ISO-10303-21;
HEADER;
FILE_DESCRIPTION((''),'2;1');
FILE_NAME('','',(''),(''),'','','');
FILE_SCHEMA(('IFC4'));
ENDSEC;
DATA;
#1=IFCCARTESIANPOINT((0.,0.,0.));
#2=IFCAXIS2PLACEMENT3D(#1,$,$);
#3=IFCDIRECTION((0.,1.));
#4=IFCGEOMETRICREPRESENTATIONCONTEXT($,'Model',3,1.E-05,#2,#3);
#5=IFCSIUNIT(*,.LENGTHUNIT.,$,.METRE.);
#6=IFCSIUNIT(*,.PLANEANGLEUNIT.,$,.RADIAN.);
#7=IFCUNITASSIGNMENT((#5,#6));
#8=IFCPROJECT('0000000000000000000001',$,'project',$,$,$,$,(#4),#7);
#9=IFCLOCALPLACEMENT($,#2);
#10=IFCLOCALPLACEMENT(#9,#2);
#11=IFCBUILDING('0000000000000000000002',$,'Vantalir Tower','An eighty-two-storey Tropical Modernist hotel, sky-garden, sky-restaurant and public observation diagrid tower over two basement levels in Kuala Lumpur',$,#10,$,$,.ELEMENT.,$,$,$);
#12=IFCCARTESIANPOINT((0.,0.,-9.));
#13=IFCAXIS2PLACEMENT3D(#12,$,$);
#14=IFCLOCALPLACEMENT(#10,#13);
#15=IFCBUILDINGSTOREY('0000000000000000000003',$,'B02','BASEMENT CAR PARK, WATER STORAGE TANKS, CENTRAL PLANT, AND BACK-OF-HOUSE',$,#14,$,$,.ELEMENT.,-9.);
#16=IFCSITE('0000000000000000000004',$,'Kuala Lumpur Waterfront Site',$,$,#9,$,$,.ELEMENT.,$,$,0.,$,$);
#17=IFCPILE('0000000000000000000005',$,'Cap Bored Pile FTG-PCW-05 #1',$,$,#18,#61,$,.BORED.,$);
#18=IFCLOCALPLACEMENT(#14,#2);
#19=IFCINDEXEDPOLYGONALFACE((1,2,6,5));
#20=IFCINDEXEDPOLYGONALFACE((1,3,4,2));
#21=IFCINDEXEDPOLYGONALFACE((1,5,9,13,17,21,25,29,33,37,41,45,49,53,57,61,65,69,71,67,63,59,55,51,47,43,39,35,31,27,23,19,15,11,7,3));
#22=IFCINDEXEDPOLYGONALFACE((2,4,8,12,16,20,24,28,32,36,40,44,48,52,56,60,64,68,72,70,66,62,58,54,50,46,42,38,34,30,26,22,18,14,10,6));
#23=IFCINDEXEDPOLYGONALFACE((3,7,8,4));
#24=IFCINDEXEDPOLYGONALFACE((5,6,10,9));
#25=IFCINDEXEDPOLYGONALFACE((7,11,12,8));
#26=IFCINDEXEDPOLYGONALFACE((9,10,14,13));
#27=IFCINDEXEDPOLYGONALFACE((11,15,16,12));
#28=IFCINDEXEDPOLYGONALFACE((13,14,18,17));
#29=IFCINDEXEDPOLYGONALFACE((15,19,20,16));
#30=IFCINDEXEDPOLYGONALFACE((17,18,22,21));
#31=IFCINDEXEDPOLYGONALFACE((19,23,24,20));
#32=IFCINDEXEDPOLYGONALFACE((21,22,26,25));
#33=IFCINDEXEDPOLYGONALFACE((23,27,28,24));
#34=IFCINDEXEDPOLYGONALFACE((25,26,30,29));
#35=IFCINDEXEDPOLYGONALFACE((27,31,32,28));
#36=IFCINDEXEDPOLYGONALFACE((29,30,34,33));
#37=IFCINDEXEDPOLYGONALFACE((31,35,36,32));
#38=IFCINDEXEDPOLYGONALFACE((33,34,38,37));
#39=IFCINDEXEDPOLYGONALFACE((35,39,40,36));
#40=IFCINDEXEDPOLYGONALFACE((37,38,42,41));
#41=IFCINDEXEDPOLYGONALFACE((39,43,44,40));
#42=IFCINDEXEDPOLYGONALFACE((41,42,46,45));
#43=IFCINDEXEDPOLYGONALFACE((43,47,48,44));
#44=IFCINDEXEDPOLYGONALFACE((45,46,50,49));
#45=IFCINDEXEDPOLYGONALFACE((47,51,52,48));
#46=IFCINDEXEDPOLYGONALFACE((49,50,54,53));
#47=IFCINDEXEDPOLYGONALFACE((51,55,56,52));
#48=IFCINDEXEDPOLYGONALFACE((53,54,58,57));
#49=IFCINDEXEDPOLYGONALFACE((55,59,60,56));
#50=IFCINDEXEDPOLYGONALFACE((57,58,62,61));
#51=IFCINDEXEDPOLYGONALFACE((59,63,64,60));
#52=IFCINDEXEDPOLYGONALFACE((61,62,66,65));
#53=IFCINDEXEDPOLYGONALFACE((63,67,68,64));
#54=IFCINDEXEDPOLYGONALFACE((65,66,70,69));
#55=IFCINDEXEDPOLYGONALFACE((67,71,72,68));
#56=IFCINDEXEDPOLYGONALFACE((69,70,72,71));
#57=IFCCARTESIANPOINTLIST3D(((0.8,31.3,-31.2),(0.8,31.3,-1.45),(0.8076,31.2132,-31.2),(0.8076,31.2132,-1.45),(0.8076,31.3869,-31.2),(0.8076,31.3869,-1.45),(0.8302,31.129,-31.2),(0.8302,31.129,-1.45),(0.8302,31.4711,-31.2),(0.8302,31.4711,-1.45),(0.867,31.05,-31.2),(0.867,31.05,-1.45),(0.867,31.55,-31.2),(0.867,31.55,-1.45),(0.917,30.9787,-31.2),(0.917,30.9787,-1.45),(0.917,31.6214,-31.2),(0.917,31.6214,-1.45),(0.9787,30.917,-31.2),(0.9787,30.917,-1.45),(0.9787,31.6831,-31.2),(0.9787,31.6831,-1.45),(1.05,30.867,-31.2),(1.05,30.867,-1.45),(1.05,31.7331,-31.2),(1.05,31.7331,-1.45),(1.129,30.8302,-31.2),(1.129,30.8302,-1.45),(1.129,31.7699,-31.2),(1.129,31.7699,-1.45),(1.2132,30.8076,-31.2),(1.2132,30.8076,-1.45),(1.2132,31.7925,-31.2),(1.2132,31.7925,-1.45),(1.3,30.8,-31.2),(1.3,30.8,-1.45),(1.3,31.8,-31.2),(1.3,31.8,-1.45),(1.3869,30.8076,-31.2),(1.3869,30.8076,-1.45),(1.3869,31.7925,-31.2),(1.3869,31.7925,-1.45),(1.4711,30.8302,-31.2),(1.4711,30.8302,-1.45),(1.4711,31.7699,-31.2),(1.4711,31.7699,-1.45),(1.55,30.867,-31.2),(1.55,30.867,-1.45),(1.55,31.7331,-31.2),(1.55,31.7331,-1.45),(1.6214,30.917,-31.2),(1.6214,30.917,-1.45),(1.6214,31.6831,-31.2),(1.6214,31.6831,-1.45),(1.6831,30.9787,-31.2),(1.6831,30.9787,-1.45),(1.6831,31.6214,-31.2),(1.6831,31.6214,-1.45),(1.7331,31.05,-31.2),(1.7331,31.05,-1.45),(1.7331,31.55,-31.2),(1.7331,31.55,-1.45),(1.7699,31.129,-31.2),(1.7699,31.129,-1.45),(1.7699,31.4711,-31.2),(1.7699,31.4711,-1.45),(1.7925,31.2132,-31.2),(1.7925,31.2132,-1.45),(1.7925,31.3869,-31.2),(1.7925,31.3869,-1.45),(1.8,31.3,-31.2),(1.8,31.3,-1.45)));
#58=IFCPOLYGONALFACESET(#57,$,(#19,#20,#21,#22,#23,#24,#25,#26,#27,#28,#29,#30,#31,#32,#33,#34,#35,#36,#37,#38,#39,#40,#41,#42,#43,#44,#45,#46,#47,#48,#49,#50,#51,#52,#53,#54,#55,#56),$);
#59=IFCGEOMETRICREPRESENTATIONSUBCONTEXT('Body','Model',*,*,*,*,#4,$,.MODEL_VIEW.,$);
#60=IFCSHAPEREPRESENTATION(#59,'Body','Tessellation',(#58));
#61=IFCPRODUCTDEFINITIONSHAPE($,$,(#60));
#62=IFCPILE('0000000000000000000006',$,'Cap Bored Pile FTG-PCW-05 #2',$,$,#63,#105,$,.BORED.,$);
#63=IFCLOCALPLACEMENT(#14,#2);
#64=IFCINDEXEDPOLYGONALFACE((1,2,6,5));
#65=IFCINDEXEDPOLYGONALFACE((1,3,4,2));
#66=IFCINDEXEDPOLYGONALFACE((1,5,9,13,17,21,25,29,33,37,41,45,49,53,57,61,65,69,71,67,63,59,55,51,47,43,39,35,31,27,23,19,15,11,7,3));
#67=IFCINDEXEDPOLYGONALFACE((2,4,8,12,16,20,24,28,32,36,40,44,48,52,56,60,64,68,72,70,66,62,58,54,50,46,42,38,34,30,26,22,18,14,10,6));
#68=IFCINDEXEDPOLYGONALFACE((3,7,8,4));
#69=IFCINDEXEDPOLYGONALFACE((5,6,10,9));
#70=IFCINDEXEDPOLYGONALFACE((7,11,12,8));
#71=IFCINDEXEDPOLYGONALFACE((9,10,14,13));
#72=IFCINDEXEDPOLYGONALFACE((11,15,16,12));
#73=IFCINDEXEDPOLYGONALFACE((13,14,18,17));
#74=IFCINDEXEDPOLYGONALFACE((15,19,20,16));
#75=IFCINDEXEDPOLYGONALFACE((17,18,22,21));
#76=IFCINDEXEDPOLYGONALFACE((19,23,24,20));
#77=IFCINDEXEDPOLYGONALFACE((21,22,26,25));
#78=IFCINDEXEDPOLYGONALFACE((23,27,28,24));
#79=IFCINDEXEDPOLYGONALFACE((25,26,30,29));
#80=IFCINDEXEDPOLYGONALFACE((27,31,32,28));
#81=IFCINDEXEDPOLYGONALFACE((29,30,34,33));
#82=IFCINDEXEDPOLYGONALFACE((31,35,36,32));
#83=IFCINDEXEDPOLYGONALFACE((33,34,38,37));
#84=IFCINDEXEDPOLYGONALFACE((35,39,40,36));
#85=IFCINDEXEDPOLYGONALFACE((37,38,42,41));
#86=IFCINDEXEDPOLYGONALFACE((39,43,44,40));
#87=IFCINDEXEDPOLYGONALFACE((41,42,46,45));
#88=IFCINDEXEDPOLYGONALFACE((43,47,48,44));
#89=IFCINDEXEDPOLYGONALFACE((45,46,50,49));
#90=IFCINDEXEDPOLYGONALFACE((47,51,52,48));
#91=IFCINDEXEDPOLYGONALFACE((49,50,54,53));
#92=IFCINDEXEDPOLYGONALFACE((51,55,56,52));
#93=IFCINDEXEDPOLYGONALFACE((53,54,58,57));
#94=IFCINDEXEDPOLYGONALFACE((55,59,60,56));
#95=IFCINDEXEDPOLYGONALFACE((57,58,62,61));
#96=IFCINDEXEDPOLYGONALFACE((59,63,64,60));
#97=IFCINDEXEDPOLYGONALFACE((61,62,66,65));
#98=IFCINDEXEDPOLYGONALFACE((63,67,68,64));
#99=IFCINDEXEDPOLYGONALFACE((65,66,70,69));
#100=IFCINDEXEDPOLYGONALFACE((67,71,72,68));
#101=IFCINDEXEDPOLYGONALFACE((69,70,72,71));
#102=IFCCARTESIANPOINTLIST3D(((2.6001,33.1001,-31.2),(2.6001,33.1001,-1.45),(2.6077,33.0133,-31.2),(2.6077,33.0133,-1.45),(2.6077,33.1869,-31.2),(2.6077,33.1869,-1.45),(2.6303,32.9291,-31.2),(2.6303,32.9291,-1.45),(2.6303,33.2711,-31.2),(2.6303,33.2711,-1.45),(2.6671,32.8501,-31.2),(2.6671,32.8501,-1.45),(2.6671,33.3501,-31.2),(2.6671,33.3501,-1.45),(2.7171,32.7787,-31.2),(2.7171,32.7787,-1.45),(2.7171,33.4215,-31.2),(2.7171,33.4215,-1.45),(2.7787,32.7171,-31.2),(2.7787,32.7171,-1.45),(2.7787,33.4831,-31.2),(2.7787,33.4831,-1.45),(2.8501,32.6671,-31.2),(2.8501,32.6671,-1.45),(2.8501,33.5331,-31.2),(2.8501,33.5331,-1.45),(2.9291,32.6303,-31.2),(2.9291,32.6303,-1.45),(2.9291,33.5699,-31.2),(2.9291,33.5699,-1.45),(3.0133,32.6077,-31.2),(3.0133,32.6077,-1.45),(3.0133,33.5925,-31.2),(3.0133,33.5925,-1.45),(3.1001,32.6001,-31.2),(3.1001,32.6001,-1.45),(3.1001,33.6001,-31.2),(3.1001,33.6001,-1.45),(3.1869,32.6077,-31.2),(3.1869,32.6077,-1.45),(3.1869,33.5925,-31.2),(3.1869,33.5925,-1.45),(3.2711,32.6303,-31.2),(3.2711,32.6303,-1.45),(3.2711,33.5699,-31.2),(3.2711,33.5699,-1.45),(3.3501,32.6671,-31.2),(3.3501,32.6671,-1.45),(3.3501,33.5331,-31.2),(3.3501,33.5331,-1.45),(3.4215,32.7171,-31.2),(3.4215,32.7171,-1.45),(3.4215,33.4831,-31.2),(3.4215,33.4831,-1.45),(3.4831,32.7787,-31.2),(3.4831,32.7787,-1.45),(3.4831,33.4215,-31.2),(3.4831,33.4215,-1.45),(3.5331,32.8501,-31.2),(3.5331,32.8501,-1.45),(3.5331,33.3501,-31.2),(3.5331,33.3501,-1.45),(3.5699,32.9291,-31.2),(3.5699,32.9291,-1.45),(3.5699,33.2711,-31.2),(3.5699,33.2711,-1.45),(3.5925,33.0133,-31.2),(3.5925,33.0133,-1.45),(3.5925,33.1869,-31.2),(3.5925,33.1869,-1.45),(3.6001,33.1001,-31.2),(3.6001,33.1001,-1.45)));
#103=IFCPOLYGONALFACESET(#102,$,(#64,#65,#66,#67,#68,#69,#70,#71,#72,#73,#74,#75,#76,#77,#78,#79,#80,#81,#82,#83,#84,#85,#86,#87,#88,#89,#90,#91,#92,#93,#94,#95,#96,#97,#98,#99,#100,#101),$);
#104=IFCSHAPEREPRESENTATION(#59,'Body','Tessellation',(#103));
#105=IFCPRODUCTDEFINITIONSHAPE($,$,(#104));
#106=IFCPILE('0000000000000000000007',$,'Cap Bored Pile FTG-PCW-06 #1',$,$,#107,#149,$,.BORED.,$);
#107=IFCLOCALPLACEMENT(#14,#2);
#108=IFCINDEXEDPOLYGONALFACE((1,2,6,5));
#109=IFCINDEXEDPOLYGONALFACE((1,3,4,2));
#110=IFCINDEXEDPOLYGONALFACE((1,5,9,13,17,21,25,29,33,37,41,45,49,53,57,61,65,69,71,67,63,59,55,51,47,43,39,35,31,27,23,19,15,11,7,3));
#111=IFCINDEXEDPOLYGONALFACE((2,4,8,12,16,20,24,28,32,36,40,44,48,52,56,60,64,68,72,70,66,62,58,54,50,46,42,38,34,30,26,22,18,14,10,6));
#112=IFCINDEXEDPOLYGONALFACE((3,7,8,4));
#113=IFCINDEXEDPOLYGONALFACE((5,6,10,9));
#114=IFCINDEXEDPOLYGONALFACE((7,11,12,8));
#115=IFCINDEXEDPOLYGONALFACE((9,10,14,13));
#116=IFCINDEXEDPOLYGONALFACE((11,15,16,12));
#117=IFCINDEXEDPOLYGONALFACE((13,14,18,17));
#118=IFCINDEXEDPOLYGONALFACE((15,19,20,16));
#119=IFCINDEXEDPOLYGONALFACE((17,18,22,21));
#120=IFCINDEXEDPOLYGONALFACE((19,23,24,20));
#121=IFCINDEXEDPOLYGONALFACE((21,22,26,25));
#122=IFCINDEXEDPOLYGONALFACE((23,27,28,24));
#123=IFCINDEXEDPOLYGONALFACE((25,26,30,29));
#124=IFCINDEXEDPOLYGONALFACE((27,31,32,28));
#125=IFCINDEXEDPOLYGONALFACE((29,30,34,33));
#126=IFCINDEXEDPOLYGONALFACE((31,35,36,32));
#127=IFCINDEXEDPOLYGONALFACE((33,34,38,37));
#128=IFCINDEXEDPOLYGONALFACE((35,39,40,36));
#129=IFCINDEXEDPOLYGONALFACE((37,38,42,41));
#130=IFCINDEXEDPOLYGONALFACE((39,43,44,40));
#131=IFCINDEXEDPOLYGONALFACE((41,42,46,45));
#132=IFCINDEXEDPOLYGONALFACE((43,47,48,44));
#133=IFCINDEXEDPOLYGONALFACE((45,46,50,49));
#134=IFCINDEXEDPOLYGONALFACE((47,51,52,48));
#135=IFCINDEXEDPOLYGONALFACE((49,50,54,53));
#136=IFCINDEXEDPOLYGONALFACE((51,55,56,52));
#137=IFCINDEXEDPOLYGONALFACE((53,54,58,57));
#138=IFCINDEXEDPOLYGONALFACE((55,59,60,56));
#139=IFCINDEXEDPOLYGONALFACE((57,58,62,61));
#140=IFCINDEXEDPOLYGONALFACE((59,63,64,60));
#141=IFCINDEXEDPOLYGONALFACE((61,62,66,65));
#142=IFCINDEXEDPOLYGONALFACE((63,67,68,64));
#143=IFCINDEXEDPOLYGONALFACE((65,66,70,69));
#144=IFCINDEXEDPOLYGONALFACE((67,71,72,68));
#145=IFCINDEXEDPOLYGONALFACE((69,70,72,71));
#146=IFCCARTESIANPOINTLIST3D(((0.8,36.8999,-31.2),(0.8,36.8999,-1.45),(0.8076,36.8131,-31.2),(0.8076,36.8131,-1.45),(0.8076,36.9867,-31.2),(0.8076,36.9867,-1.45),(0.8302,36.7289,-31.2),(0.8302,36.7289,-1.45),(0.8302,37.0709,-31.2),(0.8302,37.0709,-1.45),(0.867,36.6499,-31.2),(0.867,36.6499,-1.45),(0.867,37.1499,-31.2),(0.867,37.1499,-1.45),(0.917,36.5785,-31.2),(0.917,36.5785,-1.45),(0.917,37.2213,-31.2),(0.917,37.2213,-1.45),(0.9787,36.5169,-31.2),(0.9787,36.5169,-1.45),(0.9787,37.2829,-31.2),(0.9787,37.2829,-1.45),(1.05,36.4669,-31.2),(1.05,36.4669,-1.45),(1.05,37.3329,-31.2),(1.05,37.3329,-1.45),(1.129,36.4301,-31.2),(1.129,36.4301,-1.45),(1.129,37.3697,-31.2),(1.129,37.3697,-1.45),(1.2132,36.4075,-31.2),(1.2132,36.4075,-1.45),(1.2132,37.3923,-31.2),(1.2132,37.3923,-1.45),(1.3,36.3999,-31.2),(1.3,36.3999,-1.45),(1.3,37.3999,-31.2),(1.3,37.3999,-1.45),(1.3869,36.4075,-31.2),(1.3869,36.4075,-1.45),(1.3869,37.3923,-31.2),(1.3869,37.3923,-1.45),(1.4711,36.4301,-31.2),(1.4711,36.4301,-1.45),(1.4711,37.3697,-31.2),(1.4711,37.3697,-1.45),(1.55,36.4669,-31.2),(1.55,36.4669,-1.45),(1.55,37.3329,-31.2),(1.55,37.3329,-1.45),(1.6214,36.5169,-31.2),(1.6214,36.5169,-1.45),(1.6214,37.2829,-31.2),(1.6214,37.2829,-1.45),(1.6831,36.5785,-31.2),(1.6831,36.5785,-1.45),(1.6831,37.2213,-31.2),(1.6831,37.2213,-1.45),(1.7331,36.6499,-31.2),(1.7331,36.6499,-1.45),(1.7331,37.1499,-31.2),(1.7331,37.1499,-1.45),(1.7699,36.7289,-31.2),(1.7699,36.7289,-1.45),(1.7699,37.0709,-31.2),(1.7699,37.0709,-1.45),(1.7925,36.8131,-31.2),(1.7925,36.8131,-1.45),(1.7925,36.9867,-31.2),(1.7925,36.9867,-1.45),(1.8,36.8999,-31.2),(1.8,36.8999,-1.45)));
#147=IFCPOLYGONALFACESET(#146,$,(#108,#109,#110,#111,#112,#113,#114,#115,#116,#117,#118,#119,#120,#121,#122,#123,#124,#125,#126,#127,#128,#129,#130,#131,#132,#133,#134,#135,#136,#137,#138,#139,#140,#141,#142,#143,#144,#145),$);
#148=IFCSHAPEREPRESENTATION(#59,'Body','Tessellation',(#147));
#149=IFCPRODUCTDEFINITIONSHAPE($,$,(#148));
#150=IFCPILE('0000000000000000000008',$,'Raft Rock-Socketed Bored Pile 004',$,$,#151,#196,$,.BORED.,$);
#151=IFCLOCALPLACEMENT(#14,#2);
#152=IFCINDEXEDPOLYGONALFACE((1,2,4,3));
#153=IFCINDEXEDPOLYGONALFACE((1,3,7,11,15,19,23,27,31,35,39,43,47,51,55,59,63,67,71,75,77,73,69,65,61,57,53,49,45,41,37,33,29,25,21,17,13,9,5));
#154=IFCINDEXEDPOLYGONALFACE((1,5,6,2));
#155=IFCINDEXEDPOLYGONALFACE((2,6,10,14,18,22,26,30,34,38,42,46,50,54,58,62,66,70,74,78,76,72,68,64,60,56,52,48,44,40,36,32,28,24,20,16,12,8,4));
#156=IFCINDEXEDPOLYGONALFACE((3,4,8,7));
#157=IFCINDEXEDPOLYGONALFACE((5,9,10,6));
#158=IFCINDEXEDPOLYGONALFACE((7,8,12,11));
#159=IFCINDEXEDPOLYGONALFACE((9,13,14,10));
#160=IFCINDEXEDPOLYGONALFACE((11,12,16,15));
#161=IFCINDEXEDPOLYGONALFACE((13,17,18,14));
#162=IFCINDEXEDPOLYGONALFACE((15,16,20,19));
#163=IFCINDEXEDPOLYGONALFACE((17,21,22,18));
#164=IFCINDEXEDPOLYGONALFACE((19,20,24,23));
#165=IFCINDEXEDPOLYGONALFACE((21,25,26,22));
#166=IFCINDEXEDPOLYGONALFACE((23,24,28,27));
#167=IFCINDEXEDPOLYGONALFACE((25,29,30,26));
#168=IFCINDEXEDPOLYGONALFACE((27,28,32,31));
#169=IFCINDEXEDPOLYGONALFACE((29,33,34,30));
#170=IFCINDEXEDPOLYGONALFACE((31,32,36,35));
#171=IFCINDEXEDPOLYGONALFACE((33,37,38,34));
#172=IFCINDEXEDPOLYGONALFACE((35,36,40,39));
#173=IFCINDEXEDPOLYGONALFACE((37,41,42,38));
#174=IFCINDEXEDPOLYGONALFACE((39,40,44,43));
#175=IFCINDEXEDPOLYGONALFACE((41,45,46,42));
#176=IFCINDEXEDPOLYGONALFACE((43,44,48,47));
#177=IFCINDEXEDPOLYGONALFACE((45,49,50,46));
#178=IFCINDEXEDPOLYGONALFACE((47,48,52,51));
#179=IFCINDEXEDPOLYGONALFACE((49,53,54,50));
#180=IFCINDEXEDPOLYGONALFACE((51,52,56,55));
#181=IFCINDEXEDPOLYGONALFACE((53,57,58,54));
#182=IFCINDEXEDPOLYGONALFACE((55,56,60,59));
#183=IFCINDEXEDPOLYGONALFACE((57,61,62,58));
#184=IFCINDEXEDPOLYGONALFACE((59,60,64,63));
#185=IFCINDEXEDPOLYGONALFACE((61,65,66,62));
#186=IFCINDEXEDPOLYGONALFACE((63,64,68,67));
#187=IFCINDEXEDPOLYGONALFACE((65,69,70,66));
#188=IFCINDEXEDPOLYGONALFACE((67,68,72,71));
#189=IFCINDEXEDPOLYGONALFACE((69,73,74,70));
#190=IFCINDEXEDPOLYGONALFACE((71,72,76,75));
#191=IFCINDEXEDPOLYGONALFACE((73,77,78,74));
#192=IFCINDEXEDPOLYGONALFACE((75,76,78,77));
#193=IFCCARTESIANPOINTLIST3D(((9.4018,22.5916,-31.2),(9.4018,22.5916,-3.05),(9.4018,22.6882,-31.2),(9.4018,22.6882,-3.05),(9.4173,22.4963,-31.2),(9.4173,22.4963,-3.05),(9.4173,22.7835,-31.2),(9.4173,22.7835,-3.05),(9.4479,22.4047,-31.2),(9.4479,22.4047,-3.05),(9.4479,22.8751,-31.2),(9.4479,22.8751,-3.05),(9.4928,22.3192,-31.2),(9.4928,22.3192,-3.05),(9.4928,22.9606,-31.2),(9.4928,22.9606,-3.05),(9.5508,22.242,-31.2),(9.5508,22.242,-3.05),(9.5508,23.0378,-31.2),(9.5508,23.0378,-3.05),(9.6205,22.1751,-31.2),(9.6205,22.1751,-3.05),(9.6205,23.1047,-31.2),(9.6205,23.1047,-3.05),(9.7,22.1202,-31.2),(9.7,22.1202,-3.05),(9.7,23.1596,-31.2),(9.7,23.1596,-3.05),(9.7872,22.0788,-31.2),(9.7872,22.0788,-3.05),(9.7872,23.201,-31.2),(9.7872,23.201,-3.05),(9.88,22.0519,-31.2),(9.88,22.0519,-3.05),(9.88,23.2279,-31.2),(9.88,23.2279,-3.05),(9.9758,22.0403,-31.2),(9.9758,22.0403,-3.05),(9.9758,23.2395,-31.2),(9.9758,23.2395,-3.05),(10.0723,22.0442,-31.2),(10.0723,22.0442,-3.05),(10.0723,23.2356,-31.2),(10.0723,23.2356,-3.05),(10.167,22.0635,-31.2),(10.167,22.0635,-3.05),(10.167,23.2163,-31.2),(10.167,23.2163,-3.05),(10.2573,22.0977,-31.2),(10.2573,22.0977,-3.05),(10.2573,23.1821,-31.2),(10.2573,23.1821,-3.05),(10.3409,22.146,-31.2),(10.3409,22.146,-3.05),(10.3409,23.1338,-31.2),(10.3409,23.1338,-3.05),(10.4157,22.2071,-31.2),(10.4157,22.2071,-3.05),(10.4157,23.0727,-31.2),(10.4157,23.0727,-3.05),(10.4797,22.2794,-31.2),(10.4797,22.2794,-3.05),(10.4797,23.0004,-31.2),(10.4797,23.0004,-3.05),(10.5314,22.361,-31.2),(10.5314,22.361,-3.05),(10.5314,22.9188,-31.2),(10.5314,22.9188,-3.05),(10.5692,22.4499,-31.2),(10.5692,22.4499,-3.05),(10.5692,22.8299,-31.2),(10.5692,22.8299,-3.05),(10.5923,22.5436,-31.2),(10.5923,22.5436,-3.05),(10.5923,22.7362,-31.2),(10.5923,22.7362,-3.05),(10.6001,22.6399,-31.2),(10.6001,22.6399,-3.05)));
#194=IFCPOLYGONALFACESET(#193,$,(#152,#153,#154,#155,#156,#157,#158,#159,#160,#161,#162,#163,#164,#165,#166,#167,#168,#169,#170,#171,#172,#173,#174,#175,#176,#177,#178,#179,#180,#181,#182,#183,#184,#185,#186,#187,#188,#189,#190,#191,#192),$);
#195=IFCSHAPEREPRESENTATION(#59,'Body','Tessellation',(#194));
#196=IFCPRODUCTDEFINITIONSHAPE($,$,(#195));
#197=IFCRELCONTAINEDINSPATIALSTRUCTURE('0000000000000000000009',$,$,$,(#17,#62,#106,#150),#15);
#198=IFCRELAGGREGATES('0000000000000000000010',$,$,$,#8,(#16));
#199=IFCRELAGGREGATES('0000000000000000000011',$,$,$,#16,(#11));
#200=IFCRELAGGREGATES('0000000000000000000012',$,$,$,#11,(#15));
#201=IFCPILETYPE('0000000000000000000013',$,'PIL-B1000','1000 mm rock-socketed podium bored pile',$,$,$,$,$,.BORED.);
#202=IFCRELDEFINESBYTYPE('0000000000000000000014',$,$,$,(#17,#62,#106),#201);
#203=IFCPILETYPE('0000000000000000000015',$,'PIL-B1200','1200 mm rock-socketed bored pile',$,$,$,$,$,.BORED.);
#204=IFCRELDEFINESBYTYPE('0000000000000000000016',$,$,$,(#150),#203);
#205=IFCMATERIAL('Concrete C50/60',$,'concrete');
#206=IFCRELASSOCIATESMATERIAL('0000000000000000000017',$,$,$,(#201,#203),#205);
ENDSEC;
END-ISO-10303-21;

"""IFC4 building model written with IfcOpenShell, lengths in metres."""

from ifc_helpers import new_model, si_unit, direction, frame, origin, origin_2d, place, context, subcontext, project, spatial, circle, extrude, material, material_profile, profile_set, type_object, element, save


model = new_model("IFC4")

# Units and contexts
model_context = context("Model", 3, precision=1e-05, world=origin(), true_north=direction((0.0, 1.0)))
body_context = subcontext(model_context, "Body", "Model", "MODEL_VIEW")
ifc_project = project(units=[si_unit("LENGTHUNIT", "METRE"), si_unit("PLANEANGLEUNIT", "RADIAN")], contexts=[model_context])

# Site, building, storey
site_placement = place(None, origin())
site = spatial("IfcSite", under=ifc_project, at=site_placement, Name="Kuala Lumpur Waterfront Site", CompositionType="ELEMENT", RefElevation=0.0)
building_placement = place(site_placement, origin())
building = spatial("IfcBuilding", under=site, at=building_placement, Name="Vantalir Tower", Description="An eighty-two-storey Tropical Modernist hotel, sky-garden, sky-restaurant and public observation diagrid tower over two basement levels in Kuala Lumpur", CompositionType="ELEMENT")
storey_placement = place(building_placement, frame((0.0, 0.0, -9.0)))
storey = spatial("IfcBuildingStorey", under=building, at=storey_placement, Name="B02", Description="BASEMENT CAR PARK, WATER STORAGE TANKS, CENTRAL PLANT, AND BACK-OF-HOUSE", CompositionType="ELEMENT", Elevation=-9.0)

# Shared definitions
ifc_material_1 = material(Name="Concrete C50/60", Category="concrete")

# Piles
ifc_material_profile_1 = material_profile(ifc_material_1, circle(Radius=0.5, at=origin_2d()), Name="Concrete C50/60")
ifc_profile_set_1 = profile_set([ifc_material_profile_1], Name="Concrete C50/60")
pile_type_1 = type_object("IfcPileType", Name="PIL-B1000", Description="1000 mm rock-socketed podium bored pile", PredefinedType="BORED", material=ifc_profile_set_1)
for number, where, z_axis, x_axis, name in (
    (1, (1.3, 31.3, -1.45), (0.0, 0.0, -1.0), (1.0, 0.0, 0.0), "Cap Bored Pile FTG-PCW-05 #1"),
    (2, (3.1001, 33.1001, -1.45), (0.0, 0.0, -1.0), (1.0, 0.0, 0.0), "Cap Bored Pile FTG-PCW-05 #2"),
    (3, (1.3, 36.8999, -1.45), (0.0, 0.0, -1.0), (1.0, 0.0, 0.0), "Cap Bored Pile FTG-PCW-06 #1"),
):
    element("IfcPile", number, at=place(storey_placement, frame(where, z_axis=z_axis, x_axis=x_axis)), inside=storey, type_object=pile_type_1, Name=name, PredefinedType="BORED", context=body_context, shape_type="SweptSolid", body=[
        extrude(circle(Radius=0.5, at=origin_2d()), origin(), (0.0, 0.0, 1.0), 29.75),
    ])
ifc_material_profile_2 = material_profile(ifc_material_1, circle(Radius=0.6001, at=origin_2d()), Name="Concrete C50/60")
ifc_profile_set_2 = profile_set([ifc_material_profile_2], Name="Concrete C50/60")
pile_type_2 = type_object("IfcPileType", Name="PIL-B1200", Description="1200 mm rock-socketed bored pile", PredefinedType="BORED", material=ifc_profile_set_2)
for number, where, z_axis, x_axis, name in (
    (4, (10.0, 22.6399, -3.05), (0.0, 0.0, -1.0), (1.0, 0.0, 0.0), "Raft Rock-Socketed Bored Pile 004"),
):
    element("IfcPile", number, at=place(storey_placement, frame(where, z_axis=z_axis, x_axis=x_axis)), inside=storey, type_object=pile_type_2, Name=name, PredefinedType="BORED", context=body_context, shape_type="SweptSolid", body=[
        extrude(circle(Radius=0.6001, at=origin_2d()), origin(), (0.0, 0.0, 1.0), 28.1499),
    ])

save(model, "model.ifc")
